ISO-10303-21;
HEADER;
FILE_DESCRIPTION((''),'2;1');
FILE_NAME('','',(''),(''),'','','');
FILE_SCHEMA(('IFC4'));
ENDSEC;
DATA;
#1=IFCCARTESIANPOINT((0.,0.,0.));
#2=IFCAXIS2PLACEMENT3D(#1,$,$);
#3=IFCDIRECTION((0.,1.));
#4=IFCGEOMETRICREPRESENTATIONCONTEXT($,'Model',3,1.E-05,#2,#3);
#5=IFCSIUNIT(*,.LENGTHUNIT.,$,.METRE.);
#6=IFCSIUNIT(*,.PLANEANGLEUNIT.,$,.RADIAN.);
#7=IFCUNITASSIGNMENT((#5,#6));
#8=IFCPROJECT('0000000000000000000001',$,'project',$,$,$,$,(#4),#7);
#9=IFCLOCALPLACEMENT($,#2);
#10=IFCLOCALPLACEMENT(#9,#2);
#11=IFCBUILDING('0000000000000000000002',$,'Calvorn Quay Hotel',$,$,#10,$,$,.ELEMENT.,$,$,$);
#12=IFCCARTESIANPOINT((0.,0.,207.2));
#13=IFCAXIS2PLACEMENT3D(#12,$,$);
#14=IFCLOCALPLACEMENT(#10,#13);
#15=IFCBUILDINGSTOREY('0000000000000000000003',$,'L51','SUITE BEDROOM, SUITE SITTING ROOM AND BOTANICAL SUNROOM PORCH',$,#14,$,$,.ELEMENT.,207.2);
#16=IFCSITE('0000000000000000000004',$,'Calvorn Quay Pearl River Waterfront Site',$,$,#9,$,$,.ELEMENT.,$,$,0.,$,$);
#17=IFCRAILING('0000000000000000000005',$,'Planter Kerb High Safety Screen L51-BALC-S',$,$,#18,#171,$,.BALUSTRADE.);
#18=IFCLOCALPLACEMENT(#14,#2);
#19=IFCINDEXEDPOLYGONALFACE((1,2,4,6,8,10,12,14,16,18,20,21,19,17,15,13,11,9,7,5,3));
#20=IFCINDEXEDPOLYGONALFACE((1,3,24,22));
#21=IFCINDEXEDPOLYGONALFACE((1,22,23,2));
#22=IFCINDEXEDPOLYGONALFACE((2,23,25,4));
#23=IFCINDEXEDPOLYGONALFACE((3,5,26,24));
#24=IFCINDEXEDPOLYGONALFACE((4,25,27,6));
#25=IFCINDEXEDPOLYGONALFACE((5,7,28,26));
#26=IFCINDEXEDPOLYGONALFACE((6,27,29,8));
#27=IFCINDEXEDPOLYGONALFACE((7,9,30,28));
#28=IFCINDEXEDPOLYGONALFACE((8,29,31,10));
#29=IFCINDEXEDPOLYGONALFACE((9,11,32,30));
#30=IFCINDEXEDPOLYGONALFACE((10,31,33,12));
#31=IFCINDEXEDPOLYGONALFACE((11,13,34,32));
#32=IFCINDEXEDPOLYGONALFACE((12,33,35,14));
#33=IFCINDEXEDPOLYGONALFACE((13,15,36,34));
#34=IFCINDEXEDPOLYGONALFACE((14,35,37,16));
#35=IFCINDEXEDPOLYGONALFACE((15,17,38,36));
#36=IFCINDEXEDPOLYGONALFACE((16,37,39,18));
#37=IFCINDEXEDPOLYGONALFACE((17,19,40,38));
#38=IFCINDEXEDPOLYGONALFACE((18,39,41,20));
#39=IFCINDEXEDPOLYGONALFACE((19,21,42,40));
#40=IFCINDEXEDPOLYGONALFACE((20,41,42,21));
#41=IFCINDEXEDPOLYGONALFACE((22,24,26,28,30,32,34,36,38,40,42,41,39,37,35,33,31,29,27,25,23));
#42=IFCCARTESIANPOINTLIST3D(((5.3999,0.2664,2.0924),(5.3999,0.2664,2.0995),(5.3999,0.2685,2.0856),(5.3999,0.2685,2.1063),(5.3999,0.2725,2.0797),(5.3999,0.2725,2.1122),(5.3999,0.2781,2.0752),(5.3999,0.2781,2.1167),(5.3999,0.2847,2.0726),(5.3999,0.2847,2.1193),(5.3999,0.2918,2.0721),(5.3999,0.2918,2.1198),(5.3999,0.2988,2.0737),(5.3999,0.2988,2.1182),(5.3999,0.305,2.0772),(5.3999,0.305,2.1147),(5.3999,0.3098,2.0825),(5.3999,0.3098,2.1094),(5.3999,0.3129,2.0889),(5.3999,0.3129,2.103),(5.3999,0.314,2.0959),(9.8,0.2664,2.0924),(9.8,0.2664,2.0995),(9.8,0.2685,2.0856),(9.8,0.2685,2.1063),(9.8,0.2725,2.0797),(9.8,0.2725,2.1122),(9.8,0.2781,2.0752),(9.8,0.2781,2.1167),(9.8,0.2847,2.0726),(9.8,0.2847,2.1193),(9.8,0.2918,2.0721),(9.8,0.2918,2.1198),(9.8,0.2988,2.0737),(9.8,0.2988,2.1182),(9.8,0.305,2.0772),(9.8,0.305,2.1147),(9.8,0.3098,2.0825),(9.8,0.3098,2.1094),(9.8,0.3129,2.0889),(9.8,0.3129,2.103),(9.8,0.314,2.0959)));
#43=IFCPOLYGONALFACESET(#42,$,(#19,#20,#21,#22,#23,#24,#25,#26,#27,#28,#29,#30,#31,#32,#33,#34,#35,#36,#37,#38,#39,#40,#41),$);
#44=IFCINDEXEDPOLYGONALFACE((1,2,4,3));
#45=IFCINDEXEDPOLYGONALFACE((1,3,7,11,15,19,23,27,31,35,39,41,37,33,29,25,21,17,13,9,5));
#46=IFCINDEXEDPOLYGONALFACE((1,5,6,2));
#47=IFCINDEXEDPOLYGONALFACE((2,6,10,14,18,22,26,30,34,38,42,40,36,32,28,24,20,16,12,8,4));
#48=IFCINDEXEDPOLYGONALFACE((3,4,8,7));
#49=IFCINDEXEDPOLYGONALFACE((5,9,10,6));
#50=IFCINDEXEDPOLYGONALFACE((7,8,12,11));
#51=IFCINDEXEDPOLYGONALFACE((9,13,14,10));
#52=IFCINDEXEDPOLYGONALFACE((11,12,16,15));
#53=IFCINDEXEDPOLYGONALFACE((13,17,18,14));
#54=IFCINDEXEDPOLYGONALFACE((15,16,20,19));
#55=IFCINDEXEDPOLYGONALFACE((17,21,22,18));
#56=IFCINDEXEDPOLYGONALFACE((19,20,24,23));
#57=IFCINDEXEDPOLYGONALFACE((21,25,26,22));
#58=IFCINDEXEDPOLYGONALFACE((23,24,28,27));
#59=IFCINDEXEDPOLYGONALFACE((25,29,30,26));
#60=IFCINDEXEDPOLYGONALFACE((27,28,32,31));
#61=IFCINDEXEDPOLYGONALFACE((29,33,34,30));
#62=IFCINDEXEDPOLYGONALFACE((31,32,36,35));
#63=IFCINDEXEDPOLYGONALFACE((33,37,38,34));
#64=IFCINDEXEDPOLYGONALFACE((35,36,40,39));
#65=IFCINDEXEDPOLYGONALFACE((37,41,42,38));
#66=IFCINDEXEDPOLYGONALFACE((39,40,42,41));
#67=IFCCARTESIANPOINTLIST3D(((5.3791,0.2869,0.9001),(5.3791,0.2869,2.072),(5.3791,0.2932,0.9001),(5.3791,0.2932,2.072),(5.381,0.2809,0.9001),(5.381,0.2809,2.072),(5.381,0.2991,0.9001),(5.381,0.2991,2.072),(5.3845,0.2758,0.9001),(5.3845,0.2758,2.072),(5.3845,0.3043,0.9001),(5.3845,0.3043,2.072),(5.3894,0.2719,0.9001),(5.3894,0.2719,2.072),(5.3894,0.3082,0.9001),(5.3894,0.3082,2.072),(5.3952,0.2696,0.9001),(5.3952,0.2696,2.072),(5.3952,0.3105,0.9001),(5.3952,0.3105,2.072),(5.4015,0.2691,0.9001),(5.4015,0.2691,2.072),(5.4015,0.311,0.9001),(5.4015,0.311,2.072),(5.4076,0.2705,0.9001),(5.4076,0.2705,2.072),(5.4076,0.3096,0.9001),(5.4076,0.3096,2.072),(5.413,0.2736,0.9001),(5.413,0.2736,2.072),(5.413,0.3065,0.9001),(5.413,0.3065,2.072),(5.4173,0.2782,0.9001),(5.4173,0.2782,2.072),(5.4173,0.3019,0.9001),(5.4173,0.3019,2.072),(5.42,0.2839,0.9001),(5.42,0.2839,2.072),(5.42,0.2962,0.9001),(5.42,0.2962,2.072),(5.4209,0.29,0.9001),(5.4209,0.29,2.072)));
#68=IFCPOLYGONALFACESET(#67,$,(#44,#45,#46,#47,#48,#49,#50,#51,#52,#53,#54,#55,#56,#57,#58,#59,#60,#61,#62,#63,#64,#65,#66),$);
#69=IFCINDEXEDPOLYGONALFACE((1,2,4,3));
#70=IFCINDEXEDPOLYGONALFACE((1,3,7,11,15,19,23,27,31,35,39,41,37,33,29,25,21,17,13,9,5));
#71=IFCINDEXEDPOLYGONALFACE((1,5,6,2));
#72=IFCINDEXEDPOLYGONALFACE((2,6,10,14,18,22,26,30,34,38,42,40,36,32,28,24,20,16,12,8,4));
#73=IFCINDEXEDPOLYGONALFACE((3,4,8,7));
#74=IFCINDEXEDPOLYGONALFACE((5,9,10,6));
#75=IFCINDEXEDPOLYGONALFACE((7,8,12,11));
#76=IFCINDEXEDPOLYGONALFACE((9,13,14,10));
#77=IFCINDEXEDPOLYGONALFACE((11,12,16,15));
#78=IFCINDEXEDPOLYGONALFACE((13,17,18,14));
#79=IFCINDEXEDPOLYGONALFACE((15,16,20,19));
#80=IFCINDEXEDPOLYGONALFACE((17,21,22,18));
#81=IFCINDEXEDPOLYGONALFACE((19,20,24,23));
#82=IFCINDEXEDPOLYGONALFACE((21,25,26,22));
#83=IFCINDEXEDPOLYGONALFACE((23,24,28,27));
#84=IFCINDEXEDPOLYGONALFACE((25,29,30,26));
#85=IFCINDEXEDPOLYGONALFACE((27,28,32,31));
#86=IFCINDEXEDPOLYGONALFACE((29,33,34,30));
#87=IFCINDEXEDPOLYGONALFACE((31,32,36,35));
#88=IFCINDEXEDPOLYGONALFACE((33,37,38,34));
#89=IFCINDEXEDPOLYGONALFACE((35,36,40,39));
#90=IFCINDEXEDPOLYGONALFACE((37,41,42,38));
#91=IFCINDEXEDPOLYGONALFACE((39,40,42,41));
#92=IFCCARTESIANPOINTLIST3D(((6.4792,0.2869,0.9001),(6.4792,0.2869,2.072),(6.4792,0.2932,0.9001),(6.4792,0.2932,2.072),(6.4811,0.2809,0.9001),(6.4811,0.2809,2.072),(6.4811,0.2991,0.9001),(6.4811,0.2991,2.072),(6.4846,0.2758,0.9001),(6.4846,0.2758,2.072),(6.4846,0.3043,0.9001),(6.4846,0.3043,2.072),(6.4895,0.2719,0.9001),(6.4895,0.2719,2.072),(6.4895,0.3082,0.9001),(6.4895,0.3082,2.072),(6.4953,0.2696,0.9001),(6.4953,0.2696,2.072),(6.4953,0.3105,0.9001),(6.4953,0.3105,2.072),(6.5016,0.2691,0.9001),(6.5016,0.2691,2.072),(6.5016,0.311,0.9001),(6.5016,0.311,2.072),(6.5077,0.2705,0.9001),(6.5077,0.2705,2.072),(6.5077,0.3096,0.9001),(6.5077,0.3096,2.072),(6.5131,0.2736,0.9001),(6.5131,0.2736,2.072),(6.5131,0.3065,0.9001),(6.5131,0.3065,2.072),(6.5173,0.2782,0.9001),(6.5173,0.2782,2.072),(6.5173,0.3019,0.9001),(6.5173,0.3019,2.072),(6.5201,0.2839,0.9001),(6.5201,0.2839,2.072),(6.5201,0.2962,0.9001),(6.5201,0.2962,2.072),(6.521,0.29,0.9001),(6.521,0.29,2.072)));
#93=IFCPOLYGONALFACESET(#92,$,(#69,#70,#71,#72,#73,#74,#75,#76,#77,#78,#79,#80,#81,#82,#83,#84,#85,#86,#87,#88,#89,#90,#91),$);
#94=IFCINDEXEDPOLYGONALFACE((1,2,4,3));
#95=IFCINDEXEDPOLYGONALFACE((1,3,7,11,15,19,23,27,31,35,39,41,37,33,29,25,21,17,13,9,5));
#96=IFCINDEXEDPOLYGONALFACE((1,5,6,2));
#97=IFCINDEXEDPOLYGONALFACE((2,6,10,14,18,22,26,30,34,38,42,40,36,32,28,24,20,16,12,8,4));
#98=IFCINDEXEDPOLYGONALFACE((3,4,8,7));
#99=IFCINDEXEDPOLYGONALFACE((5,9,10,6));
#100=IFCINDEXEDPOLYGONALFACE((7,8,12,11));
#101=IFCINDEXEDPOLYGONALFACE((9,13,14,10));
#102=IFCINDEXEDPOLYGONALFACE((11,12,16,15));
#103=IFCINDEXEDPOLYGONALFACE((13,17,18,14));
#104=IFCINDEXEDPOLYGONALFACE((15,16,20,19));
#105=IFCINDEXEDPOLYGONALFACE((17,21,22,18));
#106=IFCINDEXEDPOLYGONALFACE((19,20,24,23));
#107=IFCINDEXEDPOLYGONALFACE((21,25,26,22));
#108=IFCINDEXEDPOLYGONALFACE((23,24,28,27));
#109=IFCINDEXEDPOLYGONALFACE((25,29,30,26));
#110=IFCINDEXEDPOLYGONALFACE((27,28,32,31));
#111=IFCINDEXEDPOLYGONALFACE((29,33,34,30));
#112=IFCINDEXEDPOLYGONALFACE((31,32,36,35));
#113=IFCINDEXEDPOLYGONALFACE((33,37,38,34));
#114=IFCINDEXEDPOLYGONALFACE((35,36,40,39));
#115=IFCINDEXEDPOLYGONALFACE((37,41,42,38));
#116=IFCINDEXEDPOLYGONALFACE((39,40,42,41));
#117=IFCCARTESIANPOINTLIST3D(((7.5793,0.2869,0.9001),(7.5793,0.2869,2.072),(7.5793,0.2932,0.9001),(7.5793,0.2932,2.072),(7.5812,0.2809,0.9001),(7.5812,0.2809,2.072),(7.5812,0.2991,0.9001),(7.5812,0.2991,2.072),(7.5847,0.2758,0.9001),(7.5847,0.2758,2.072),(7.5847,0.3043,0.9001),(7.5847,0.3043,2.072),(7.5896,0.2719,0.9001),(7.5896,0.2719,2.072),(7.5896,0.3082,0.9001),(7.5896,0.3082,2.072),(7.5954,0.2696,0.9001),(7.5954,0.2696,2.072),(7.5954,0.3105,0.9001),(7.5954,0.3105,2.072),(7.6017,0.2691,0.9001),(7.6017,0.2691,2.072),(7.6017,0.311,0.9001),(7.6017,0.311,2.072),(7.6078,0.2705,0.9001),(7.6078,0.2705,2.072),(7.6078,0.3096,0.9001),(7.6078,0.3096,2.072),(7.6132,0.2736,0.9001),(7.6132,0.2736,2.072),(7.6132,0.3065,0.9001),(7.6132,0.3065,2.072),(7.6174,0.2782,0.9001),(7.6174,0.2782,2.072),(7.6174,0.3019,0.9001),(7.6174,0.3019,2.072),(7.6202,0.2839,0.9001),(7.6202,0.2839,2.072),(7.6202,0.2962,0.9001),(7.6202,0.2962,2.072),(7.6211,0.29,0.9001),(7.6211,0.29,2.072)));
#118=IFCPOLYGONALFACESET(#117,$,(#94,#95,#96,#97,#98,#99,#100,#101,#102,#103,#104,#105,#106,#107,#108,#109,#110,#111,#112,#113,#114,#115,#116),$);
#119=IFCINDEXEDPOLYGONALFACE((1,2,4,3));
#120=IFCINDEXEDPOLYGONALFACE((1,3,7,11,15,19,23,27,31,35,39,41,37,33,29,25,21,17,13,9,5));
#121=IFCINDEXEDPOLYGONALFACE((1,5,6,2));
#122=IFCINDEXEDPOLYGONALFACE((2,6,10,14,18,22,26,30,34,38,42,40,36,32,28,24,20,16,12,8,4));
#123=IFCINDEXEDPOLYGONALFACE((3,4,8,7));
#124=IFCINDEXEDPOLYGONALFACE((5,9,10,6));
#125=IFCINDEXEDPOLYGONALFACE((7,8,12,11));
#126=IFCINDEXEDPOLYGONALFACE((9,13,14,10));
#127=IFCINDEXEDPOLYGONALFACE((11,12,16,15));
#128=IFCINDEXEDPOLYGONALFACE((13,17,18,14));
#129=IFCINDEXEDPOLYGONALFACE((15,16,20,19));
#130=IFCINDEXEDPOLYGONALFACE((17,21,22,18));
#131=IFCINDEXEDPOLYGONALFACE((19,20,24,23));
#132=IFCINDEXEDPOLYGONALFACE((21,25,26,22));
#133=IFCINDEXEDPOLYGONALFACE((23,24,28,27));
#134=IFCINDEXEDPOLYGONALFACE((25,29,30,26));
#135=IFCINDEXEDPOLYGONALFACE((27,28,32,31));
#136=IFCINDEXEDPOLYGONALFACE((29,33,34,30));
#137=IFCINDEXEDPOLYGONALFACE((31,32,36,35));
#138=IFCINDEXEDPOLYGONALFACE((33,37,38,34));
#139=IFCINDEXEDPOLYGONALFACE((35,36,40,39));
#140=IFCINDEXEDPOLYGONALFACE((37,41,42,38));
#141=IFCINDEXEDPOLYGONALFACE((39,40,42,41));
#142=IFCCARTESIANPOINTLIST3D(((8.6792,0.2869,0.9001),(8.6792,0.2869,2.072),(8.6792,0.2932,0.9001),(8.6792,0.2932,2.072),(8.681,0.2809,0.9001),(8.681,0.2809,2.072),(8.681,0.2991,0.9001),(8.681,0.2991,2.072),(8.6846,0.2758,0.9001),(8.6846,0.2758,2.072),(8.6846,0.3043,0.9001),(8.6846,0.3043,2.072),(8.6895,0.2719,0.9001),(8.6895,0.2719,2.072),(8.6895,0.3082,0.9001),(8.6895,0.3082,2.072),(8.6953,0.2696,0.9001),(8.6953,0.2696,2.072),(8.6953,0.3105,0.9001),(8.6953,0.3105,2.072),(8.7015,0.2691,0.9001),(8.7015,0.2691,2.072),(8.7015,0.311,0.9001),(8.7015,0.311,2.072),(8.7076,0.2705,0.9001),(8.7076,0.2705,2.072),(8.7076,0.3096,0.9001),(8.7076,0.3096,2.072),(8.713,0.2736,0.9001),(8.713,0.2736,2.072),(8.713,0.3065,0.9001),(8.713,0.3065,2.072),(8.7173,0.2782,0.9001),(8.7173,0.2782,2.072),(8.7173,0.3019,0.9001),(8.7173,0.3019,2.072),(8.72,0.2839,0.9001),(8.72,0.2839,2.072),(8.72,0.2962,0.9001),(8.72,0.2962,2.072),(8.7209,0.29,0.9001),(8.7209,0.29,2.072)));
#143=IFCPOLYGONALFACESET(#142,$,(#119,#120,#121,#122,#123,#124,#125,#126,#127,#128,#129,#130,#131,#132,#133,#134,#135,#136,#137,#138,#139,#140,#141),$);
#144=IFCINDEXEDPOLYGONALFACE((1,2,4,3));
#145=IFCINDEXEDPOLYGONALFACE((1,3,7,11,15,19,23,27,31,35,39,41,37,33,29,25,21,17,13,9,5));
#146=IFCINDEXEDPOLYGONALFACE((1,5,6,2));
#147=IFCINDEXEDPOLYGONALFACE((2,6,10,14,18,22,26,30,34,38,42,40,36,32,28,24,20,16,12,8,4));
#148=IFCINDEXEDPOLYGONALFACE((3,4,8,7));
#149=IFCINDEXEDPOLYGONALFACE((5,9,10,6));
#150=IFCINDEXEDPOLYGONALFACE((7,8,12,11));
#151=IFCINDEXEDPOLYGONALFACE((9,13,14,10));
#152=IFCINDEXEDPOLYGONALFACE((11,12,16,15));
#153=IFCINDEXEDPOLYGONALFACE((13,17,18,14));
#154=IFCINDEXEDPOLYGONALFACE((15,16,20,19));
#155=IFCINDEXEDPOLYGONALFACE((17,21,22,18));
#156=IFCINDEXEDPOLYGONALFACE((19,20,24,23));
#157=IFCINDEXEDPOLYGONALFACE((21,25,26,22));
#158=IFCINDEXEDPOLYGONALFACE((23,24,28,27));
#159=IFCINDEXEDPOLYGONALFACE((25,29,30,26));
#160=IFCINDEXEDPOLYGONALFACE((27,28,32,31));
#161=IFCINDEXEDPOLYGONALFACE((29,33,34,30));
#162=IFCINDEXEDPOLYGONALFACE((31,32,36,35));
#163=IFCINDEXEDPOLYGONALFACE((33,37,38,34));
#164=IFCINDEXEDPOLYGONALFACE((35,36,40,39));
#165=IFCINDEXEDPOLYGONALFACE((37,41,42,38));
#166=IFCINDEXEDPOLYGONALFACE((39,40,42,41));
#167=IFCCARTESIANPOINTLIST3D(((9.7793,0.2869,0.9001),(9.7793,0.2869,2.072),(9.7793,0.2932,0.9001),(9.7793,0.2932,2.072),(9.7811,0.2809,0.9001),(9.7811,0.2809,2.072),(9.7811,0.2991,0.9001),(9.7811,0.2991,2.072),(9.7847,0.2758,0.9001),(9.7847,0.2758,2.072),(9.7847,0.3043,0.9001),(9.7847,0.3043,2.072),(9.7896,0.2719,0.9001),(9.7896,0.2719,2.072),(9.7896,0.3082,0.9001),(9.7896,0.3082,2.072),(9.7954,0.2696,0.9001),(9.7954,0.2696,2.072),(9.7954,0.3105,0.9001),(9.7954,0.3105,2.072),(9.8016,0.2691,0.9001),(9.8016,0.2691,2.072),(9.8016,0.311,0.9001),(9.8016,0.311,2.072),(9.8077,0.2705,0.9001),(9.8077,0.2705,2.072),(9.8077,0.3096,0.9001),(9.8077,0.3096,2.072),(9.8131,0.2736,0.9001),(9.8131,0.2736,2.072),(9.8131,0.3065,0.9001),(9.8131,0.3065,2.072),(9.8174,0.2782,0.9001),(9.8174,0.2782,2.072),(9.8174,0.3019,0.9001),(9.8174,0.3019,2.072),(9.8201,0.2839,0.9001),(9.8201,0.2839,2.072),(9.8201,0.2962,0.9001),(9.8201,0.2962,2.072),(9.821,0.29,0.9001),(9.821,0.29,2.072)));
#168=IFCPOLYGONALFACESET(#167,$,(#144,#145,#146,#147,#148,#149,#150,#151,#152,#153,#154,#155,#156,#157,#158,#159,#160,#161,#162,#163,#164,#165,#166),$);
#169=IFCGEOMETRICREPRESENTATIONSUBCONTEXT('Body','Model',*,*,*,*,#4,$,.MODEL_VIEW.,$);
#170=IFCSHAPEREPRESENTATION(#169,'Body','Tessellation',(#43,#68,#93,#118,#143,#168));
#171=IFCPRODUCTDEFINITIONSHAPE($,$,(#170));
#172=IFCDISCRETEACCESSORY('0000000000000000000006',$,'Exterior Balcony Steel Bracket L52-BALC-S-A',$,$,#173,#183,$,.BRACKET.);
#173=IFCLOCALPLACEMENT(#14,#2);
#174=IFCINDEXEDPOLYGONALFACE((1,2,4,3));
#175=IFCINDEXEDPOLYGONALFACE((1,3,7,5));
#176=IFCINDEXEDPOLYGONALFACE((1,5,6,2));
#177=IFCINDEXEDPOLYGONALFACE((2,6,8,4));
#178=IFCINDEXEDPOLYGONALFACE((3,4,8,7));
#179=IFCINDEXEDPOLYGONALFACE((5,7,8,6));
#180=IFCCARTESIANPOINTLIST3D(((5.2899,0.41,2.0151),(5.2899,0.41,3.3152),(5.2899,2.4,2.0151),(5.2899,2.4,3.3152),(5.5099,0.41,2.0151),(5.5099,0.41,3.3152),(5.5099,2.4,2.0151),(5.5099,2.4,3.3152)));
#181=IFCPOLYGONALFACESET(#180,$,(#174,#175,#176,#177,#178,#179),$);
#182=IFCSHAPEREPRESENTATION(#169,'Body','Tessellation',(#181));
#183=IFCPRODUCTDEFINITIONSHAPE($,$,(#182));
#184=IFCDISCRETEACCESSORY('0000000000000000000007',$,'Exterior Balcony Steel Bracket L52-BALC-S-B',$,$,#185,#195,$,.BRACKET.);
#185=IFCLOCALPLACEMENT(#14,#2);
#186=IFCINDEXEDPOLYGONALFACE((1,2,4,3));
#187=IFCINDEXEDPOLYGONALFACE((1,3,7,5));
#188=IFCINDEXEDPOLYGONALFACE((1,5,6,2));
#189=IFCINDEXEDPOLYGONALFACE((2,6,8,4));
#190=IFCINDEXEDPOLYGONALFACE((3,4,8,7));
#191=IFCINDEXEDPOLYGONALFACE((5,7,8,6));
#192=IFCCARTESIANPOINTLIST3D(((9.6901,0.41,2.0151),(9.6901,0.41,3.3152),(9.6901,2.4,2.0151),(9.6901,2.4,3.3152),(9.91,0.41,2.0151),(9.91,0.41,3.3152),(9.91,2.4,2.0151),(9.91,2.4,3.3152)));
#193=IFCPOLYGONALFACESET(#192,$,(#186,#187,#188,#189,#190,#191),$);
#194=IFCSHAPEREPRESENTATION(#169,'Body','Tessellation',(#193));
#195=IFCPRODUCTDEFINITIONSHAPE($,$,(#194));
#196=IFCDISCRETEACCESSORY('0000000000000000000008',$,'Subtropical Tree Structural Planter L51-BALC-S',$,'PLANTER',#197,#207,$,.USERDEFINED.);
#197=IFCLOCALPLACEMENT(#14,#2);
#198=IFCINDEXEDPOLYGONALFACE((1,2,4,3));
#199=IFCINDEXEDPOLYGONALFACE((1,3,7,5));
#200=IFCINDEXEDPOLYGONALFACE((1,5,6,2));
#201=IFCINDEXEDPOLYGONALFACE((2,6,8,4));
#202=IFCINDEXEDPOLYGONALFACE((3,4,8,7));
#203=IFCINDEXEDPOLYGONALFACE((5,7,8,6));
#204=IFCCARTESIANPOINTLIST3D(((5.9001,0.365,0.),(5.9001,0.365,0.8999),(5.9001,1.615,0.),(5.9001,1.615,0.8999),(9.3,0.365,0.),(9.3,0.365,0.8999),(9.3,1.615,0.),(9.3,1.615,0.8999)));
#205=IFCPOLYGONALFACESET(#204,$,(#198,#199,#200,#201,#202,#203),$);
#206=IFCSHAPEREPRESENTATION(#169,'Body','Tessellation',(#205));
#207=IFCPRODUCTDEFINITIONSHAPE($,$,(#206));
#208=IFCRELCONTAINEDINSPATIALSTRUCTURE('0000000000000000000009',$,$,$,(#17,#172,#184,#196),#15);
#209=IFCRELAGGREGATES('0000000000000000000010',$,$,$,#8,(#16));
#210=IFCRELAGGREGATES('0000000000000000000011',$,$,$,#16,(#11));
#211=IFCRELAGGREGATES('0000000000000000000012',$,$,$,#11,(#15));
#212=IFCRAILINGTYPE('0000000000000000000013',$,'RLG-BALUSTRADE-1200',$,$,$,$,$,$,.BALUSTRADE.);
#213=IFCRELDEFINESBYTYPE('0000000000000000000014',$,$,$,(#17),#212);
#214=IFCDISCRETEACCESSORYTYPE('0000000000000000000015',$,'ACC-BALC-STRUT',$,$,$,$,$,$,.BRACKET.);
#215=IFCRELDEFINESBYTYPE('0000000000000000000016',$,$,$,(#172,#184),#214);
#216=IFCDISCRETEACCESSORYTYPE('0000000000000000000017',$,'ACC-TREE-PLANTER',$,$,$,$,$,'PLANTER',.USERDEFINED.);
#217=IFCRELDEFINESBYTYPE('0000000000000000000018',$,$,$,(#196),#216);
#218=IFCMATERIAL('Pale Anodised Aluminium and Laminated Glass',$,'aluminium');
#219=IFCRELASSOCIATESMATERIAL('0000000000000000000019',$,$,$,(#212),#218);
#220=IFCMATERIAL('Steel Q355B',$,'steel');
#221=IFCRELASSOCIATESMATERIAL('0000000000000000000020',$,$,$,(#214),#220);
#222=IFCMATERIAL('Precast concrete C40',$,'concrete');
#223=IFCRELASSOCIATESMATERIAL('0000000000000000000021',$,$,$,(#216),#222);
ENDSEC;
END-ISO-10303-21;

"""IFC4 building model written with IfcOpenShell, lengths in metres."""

from ifc_helpers import new_model, si_unit, direction, frame, origin, origin_2d, place, context, subcontext, project, spatial, rectangle, circle, extrude, material, type_object, element, save


model = new_model("IFC4")

# Units and contexts
model_context = context("Model", 3, precision=1e-05, world=origin(), true_north=direction((0.0, 1.0)))
body_context = subcontext(model_context, "Body", "Model", "MODEL_VIEW")
ifc_project = project(units=[si_unit("LENGTHUNIT", "METRE"), si_unit("PLANEANGLEUNIT", "RADIAN")], contexts=[model_context])

# Site, building, storey
site_placement = place(None, origin())
site = spatial("IfcSite", under=ifc_project, at=site_placement, Name="Calvorn Quay Pearl River Waterfront Site", CompositionType="ELEMENT", RefElevation=0.0)
building_placement = place(site_placement, origin())
building = spatial("IfcBuilding", under=site, at=building_placement, Name="Calvorn Quay Hotel", CompositionType="ELEMENT")
storey_placement = place(building_placement, frame((0.0, 0.0, 207.2)))
storey = spatial("IfcBuildingStorey", under=building, at=storey_placement, Name="L51", Description="SUITE BEDROOM, SUITE SITTING ROOM AND BOTANICAL SUNROOM PORCH", CompositionType="ELEMENT", Elevation=207.2)

# Railing
ifc_material_1 = material(Name="Pale Anodised Aluminium and Laminated Glass", Category="aluminium")
railing_type = type_object("IfcRailingType", Name="RLG-BALUSTRADE-1200", PredefinedType="BALUSTRADE", material=ifc_material_1)
railing_1_placement = place(storey_placement, frame((5.3999, 0.29, 0.9001)))
element("IfcRailing", 1, at=railing_1_placement, inside=storey, type_object=railing_type, Name="Planter Kerb High Safety Screen L51-BALC-S", PredefinedType="BALUSTRADE", context=body_context, shape_type="SweptSolid", body=[
    extrude(circle(Radius=0.0239, at=origin_2d()), frame((0.0, 0.0, 1.1958), z_axis=(1.0, 0.0, 0.0), x_axis=(0.0, 1.0, 0.0)), (0.0, 0.0, 1.0), 4.4001),
    extrude(circle(Radius=0.021, at=origin_2d()), origin(), (0.0, 0.0, 1.0), 1.1719),
    extrude(circle(Radius=0.021, at=origin_2d()), frame((1.1001, 0.0, 0.0)), (0.0, 0.0, 1.0), 1.1719),
    extrude(circle(Radius=0.021, at=origin_2d()), frame((2.2002, 0.0, 0.0)), (0.0, 0.0, 1.0), 1.1719),
    extrude(circle(Radius=0.021, at=origin_2d()), frame((3.3, 0.0, 0.0)), (0.0, 0.0, 1.0), 1.1719),
    extrude(circle(Radius=0.021, at=origin_2d()), frame((4.4001, 0.0, 0.0)), (0.0, 0.0, 1.0), 1.1719),
])

# Discrete accessories
ifc_material_2 = material(Name="Steel Q355B", Category="steel")
discrete_accessory_type_1 = type_object("IfcDiscreteAccessoryType", Name="ACC-BALC-STRUT", PredefinedType="BRACKET", material=ifc_material_2)
for number, where, z_axis, x_axis, name in (
    (2, (5.3999, 1.405, 2.0151), (0.0, 0.0, 1.0), (1.0, 0.0, 0.0), "Exterior Balcony Steel Bracket L52-BALC-S-A"),
    (3, (9.8, 1.405, 2.0151), (0.0, 0.0, 1.0), (1.0, 0.0, 0.0), "Exterior Balcony Steel Bracket L52-BALC-S-B"),
):
    element("IfcDiscreteAccessory", number, at=place(storey_placement, frame(where, z_axis=z_axis, x_axis=x_axis)), inside=storey, type_object=discrete_accessory_type_1, Name=name, PredefinedType="BRACKET", context=body_context, shape_type="SweptSolid", body=[
        extrude(rectangle(XDim=0.22, YDim=1.99, at=origin_2d()), origin(), (0.0, 0.0, 1.0), 1.3),
    ])
ifc_material_3 = material(Name="Precast concrete C40", Category="concrete")
discrete_accessory_type_2 = type_object("IfcDiscreteAccessoryType", Name="ACC-TREE-PLANTER", ElementType="PLANTER", PredefinedType="USERDEFINED", material=ifc_material_3)
discrete_accessory_placement = place(storey_placement, frame((7.6001, 0.99, 0.0), z_axis=(0.0, 0.0, 1.0), x_axis=(1.0, 0.0, 0.0)))
element("IfcDiscreteAccessory", 4, at=discrete_accessory_placement, inside=storey, type_object=discrete_accessory_type_2, Name="Subtropical Tree Structural Planter L51-BALC-S", ObjectType="PLANTER", PredefinedType="USERDEFINED", context=body_context, shape_type="SweptSolid", body=[
    extrude(rectangle(XDim=3.3999, YDim=1.25, at=origin_2d()), origin(), (0.0, 0.0, 1.0), 0.8999),
])

save(model, "model.ifc")
